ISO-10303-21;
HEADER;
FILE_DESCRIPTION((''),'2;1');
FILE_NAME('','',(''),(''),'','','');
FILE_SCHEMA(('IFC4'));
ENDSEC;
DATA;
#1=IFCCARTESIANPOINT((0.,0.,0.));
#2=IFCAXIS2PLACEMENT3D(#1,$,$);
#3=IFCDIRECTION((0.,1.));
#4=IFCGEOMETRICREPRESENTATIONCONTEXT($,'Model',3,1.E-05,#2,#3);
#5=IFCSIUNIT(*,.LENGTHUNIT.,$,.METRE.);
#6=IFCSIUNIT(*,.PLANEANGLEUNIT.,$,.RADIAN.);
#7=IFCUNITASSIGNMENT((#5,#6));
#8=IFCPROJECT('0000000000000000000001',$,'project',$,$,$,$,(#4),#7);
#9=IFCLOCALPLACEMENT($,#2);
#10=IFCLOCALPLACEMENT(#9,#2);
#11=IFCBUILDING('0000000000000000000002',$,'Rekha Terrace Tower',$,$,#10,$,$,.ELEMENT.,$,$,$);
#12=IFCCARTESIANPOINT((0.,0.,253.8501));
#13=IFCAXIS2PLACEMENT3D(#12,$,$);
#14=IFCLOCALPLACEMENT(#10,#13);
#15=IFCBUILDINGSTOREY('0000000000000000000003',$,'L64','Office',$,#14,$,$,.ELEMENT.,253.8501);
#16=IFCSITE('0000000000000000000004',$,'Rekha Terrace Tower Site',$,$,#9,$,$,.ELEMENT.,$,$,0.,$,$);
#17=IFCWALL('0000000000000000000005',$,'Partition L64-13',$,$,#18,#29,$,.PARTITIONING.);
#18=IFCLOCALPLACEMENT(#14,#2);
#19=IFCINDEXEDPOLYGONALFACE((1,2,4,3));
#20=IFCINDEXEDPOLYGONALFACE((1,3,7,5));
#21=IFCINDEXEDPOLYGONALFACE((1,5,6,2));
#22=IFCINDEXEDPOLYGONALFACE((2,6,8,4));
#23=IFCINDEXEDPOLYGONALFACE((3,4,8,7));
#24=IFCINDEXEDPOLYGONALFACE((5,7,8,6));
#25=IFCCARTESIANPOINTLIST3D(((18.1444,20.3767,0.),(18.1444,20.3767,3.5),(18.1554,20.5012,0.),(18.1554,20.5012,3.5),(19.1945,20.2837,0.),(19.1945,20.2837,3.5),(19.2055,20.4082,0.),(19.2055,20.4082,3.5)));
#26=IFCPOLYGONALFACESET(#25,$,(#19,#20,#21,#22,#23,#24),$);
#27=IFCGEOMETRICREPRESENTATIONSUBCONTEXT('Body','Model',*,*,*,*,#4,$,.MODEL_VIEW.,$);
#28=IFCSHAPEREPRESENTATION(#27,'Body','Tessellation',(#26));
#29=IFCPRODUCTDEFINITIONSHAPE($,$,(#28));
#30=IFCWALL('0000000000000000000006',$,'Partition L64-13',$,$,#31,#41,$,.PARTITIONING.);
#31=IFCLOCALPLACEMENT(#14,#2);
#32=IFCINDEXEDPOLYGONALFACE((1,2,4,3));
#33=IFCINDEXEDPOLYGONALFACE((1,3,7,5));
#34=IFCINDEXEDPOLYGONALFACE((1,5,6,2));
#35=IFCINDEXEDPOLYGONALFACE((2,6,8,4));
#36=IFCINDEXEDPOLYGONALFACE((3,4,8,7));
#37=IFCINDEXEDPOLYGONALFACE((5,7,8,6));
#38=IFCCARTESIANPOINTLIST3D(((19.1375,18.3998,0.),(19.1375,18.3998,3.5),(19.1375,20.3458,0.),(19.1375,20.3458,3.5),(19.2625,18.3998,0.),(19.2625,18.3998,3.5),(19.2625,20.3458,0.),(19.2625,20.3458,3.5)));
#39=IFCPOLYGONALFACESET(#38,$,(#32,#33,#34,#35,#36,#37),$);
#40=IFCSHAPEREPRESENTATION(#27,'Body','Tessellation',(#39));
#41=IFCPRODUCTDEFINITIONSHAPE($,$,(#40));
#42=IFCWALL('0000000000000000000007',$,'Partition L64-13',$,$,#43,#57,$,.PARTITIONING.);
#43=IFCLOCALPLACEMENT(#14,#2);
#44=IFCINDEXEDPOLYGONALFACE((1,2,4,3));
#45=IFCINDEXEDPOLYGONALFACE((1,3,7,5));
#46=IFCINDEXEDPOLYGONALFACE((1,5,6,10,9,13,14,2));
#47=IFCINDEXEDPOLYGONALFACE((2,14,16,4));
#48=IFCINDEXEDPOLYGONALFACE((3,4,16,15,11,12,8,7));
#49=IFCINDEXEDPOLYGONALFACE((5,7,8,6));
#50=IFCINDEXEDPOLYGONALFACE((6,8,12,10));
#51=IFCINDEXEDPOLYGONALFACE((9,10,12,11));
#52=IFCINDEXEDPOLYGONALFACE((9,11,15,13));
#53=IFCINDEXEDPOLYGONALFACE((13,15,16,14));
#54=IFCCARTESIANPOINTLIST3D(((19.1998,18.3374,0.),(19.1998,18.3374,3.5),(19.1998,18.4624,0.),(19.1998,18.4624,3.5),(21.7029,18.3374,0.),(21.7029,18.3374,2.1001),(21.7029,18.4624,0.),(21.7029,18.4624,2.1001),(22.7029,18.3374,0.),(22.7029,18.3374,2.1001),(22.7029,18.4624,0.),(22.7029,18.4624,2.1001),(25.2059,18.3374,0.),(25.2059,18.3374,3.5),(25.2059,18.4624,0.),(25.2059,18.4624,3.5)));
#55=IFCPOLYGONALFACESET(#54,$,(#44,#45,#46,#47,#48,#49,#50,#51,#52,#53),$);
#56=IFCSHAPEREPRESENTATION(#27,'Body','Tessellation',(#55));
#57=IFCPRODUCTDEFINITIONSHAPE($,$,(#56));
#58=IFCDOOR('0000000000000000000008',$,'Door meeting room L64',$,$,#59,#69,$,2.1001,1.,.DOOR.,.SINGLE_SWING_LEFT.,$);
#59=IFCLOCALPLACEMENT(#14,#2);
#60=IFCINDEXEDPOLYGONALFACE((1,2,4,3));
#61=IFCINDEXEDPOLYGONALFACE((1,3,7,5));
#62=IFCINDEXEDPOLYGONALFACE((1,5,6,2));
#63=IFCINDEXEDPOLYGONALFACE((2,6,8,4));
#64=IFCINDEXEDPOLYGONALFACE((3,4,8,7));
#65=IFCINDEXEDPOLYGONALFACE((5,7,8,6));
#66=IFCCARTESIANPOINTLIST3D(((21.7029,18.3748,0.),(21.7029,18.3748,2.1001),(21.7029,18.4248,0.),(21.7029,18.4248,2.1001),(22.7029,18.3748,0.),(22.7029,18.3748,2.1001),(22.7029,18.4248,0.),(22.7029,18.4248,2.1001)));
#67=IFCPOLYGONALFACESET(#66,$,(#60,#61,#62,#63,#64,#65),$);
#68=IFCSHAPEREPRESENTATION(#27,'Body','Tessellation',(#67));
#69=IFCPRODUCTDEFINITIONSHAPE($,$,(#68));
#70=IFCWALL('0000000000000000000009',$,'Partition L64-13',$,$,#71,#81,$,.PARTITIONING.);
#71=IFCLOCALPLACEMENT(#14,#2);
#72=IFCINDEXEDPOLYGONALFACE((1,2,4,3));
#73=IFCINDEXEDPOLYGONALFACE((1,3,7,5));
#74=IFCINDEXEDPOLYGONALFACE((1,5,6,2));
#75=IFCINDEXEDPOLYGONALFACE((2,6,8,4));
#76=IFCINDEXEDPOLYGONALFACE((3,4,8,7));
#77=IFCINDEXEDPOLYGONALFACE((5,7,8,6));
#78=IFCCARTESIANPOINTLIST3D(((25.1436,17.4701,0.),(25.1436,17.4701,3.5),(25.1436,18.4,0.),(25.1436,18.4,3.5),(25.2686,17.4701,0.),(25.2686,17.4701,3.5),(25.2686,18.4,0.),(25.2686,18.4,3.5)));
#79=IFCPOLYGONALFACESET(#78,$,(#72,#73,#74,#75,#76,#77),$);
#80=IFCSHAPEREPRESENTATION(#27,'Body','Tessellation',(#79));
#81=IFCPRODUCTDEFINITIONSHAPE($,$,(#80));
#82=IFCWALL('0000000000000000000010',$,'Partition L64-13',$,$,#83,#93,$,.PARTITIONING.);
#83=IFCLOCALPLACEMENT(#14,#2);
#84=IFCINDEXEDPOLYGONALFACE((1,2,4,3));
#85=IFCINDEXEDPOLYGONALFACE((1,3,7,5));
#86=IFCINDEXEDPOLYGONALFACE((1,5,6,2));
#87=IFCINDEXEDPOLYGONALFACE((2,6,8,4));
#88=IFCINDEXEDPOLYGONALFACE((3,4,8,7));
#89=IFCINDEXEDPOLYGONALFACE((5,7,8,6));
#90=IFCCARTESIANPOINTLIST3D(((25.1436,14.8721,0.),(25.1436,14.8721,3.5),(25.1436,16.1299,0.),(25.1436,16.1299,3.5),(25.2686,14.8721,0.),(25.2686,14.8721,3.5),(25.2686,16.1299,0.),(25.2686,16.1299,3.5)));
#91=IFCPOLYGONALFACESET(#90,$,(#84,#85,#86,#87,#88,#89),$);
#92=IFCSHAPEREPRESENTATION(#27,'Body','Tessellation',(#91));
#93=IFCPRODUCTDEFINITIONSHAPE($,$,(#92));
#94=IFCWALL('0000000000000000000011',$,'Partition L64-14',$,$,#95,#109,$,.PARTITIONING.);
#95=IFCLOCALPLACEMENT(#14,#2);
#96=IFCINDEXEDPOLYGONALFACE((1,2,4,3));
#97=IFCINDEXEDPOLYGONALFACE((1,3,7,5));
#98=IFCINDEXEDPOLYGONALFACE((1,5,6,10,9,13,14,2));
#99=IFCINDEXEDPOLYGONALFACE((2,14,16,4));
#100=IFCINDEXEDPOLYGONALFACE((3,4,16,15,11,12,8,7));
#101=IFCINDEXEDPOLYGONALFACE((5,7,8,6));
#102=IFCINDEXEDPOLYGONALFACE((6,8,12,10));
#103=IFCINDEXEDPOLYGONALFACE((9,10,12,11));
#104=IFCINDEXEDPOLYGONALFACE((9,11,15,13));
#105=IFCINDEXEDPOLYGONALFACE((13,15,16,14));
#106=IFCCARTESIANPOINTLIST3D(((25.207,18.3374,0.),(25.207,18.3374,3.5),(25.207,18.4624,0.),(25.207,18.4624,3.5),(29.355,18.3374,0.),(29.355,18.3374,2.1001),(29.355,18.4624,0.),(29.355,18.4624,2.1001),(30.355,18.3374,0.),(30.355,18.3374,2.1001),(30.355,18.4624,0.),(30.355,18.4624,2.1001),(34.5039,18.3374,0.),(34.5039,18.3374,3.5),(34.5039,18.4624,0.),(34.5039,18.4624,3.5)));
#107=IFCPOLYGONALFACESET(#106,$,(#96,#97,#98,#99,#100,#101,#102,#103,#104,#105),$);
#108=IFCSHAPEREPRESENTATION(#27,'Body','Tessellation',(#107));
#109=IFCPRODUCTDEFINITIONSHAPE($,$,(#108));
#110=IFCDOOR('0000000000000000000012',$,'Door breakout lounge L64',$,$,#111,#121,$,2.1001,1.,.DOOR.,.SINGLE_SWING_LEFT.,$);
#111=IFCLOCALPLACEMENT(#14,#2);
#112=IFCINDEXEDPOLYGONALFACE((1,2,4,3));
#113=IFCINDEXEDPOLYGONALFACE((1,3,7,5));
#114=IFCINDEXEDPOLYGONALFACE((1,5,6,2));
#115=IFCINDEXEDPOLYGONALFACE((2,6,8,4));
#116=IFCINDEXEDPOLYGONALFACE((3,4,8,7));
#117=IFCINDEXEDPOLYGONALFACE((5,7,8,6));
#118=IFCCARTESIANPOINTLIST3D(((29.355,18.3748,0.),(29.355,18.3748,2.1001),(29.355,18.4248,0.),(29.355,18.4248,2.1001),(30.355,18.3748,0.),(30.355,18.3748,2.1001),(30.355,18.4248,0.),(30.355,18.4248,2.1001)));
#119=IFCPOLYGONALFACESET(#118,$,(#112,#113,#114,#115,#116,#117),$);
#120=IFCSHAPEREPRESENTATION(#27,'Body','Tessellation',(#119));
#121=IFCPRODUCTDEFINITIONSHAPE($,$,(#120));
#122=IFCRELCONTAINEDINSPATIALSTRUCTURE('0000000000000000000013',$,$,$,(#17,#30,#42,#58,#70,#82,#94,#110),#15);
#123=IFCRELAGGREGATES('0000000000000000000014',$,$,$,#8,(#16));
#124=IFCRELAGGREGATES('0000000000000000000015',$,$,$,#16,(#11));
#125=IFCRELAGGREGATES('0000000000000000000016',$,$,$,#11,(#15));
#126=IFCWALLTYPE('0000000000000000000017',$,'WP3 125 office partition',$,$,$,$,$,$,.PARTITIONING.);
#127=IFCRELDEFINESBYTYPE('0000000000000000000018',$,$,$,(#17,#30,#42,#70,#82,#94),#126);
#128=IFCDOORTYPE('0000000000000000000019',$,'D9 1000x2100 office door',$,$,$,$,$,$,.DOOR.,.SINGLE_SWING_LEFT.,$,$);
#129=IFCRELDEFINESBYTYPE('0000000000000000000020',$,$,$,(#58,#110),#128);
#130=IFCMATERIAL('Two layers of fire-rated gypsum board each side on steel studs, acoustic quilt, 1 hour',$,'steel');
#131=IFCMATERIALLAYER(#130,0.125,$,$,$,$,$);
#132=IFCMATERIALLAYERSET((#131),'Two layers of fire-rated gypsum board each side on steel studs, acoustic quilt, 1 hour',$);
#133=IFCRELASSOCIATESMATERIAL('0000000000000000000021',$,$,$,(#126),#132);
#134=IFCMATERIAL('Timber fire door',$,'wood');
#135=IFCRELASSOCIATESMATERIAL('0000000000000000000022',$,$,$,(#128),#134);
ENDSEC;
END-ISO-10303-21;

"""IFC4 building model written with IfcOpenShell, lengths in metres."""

from ifc_helpers import new_model, si_unit, direction, frame, frame_2d, origin, place, context, subcontext, project, spatial, rectangle, extrude, material, layer, layer_set, type_object, element, fill, save


model = new_model("IFC4")

# Units and contexts
model_context = context("Model", 3, precision=1e-05, world=origin(), true_north=direction((0.0, 1.0)))
body_context = subcontext(model_context, "Body", "Model", "MODEL_VIEW")
ifc_project = project(units=[si_unit("LENGTHUNIT", "METRE"), si_unit("PLANEANGLEUNIT", "RADIAN")], contexts=[model_context])

# Site, building, storey
site_placement = place(None, origin())
site = spatial("IfcSite", under=ifc_project, at=site_placement, Name="Rekha Terrace Tower Site", CompositionType="ELEMENT", RefElevation=0.0)
building_placement = place(site_placement, origin())
building = spatial("IfcBuilding", under=site, at=building_placement, Name="Rekha Terrace Tower", CompositionType="ELEMENT")
storey_placement = place(building_placement, frame((0.0, 0.0, 253.8501)))
storey = spatial("IfcBuildingStorey", under=building, at=storey_placement, Name="L64", Description="Office", CompositionType="ELEMENT", Elevation=253.8501)

# Walls
ifc_material_1 = material(Name="Two layers of fire-rated gypsum board each side on steel studs, acoustic quilt, 1 hour", Category="steel")
ifc_layer_1 = layer(ifc_material_1, 0.125)
ifc_layer_set_1 = layer_set([ifc_layer_1], Name="Two layers of fire-rated gypsum board each side on steel studs, acoustic quilt, 1 hour")
wall_type_1 = type_object("IfcWallType", Name="WP3 125 office partition", PredefinedType="PARTITIONING", material=ifc_layer_set_1)
wall_1_placement = place(storey_placement, frame((18.1499, 20.439, 0.0), z_axis=(0.0, 0.0, 1.0), x_axis=(0.996099, -0.088239, 0.0)))
element("IfcWall", 1, at=wall_1_placement, inside=storey, type_object=wall_type_1, Name="Partition L64-13", PredefinedType="PARTITIONING", context=body_context, shape_type="SweptSolid", body=[
    extrude(rectangle(XDim=1.0542, YDim=0.125, at=frame_2d((0.5271, 0.0))), origin(), (0.0, 0.0, 1.0), 3.5),
])
wall_2_placement = place(storey_placement, frame((19.2, 20.3459, 0.0), z_axis=(0.0, 0.0, 1.0), x_axis=(0.0, -1.0, 0.0)))
element("IfcWall", 2, at=wall_2_placement, inside=storey, type_object=wall_type_1, Name="Partition L64-13", PredefinedType="PARTITIONING", context=body_context, shape_type="SweptSolid", body=[
    extrude(rectangle(XDim=1.946, YDim=0.125, at=frame_2d((0.9731, 0.0))), origin(), (0.0, 0.0, 1.0), 3.5),
])

# Wall, opening, door
wall_3_placement = place(storey_placement, frame((19.2, 18.3999, 0.0), z_axis=(0.0, 0.0, 1.0), x_axis=(1.0, 0.0, 0.0)))
wall_3 = element("IfcWall", 3, at=wall_3_placement, inside=storey, type_object=wall_type_1, Name="Partition L64-13", PredefinedType="PARTITIONING", context=body_context, shape_type="SweptSolid", body=[
    extrude(rectangle(XDim=6.0061, YDim=0.125, at=frame_2d((3.0029, 0.0))), origin(), (0.0, 0.0, 1.0), 3.5),
])
opening_1_placement = place(wall_3_placement, frame((2.5029, 0.0, 0.0)))
opening_1 = element("IfcOpeningElement", 4, at=opening_1_placement, cuts=wall_3, PredefinedType="OPENING", context=body_context, shape_type="SweptSolid", body=[
    extrude(rectangle(XDim=1.0, YDim=2.1001, at=frame_2d((0.5, 1.05))), frame((0.0, 0.0725, 0.0), z_axis=(0.0, -1.0, 0.0), x_axis=(1.0, 0.0, 0.0)), (0.0, 0.0, 1.0), 0.145),
])
ifc_material_2 = material(Name="Timber fire door", Category="wood")
door_type_1 = type_object("IfcDoorType", Name="D9 1000x2100 office door", OperationType="SINGLE_SWING_LEFT", PredefinedType="DOOR", material=ifc_material_2)
door_1_placement = place(opening_1_placement, origin())
door_1 = element("IfcDoor", 5, at=door_1_placement, inside=storey, type_object=door_type_1, Name="Door meeting room L64", OperationType="SINGLE_SWING_LEFT", OverallHeight=2.1001, OverallWidth=1.0, PredefinedType="DOOR", context=body_context, shape_type="SweptSolid", body=[
    extrude(rectangle(XDim=1.0, YDim=2.1001, at=frame_2d((0.5, 1.05))), frame((0.0, 0.0249, 0.0), z_axis=(0.0, -1.0, 0.0), x_axis=(1.0, 0.0, 0.0)), (0.0, 0.0, 1.0), 0.05),
])
fill(opening_1, door_1)

# Walls
wall_4_placement = place(storey_placement, frame((25.2061, 18.3999, 0.0), z_axis=(0.0, 0.0, 1.0), x_axis=(0.0, -1.0, 0.0)))
element("IfcWall", 6, at=wall_4_placement, inside=storey, type_object=wall_type_1, Name="Partition L64-13", PredefinedType="PARTITIONING", context=body_context, shape_type="SweptSolid", body=[
    extrude(rectangle(XDim=0.9299, YDim=0.125, at=frame_2d((0.4648, 0.0))), origin(), (0.0, 0.0, 1.0), 3.5),
])
wall_5_placement = place(storey_placement, frame((25.2061, 16.1299, 0.0), z_axis=(0.0, 0.0, 1.0), x_axis=(0.0, -1.0, 0.0)))
element("IfcWall", 7, at=wall_5_placement, inside=storey, type_object=wall_type_1, Name="Partition L64-13", PredefinedType="PARTITIONING", context=body_context, shape_type="SweptSolid", body=[
    extrude(rectangle(XDim=1.2578, YDim=0.125, at=frame_2d((0.6289, 0.0))), origin(), (0.0, 0.0, 1.0), 3.5),
])

# Wall, opening, door
wall_6_placement = place(storey_placement, frame((25.207, 18.3999, 0.0), z_axis=(0.0, 0.0, 1.0), x_axis=(1.0, 0.0, 0.0)))
wall_6 = element("IfcWall", 8, at=wall_6_placement, inside=storey, type_object=wall_type_1, Name="Partition L64-14", PredefinedType="PARTITIONING", context=body_context, shape_type="SweptSolid", body=[
    extrude(rectangle(XDim=9.2969, YDim=0.125, at=frame_2d((4.6484, 0.0))), origin(), (0.0, 0.0, 1.0), 3.5),
])
opening_2_placement = place(wall_6_placement, frame((4.1479, 0.0, 0.0)))
opening_2 = element("IfcOpeningElement", 9, at=opening_2_placement, cuts=wall_6, PredefinedType="OPENING", context=body_context, shape_type="SweptSolid", body=[
    extrude(rectangle(XDim=1.0, YDim=2.1001, at=frame_2d((0.5, 1.05))), frame((0.0, 0.0725, 0.0), z_axis=(0.0, -1.0, 0.0), x_axis=(1.0, 0.0, 0.0)), (0.0, 0.0, 1.0), 0.145),
])
door_2_placement = place(opening_2_placement, origin())
door_2 = element("IfcDoor", 10, at=door_2_placement, inside=storey, type_object=door_type_1, Name="Door breakout lounge L64", OperationType="SINGLE_SWING_LEFT", OverallHeight=2.1001, OverallWidth=1.0, PredefinedType="DOOR", context=body_context, shape_type="SweptSolid", body=[
    extrude(rectangle(XDim=1.0, YDim=2.1001, at=frame_2d((0.5, 1.05))), frame((0.0, 0.0249, 0.0), z_axis=(0.0, -1.0, 0.0), x_axis=(1.0, 0.0, 0.0)), (0.0, 0.0, 1.0), 0.05),
])
fill(opening_2, door_2)

save(model, "model.ifc")
